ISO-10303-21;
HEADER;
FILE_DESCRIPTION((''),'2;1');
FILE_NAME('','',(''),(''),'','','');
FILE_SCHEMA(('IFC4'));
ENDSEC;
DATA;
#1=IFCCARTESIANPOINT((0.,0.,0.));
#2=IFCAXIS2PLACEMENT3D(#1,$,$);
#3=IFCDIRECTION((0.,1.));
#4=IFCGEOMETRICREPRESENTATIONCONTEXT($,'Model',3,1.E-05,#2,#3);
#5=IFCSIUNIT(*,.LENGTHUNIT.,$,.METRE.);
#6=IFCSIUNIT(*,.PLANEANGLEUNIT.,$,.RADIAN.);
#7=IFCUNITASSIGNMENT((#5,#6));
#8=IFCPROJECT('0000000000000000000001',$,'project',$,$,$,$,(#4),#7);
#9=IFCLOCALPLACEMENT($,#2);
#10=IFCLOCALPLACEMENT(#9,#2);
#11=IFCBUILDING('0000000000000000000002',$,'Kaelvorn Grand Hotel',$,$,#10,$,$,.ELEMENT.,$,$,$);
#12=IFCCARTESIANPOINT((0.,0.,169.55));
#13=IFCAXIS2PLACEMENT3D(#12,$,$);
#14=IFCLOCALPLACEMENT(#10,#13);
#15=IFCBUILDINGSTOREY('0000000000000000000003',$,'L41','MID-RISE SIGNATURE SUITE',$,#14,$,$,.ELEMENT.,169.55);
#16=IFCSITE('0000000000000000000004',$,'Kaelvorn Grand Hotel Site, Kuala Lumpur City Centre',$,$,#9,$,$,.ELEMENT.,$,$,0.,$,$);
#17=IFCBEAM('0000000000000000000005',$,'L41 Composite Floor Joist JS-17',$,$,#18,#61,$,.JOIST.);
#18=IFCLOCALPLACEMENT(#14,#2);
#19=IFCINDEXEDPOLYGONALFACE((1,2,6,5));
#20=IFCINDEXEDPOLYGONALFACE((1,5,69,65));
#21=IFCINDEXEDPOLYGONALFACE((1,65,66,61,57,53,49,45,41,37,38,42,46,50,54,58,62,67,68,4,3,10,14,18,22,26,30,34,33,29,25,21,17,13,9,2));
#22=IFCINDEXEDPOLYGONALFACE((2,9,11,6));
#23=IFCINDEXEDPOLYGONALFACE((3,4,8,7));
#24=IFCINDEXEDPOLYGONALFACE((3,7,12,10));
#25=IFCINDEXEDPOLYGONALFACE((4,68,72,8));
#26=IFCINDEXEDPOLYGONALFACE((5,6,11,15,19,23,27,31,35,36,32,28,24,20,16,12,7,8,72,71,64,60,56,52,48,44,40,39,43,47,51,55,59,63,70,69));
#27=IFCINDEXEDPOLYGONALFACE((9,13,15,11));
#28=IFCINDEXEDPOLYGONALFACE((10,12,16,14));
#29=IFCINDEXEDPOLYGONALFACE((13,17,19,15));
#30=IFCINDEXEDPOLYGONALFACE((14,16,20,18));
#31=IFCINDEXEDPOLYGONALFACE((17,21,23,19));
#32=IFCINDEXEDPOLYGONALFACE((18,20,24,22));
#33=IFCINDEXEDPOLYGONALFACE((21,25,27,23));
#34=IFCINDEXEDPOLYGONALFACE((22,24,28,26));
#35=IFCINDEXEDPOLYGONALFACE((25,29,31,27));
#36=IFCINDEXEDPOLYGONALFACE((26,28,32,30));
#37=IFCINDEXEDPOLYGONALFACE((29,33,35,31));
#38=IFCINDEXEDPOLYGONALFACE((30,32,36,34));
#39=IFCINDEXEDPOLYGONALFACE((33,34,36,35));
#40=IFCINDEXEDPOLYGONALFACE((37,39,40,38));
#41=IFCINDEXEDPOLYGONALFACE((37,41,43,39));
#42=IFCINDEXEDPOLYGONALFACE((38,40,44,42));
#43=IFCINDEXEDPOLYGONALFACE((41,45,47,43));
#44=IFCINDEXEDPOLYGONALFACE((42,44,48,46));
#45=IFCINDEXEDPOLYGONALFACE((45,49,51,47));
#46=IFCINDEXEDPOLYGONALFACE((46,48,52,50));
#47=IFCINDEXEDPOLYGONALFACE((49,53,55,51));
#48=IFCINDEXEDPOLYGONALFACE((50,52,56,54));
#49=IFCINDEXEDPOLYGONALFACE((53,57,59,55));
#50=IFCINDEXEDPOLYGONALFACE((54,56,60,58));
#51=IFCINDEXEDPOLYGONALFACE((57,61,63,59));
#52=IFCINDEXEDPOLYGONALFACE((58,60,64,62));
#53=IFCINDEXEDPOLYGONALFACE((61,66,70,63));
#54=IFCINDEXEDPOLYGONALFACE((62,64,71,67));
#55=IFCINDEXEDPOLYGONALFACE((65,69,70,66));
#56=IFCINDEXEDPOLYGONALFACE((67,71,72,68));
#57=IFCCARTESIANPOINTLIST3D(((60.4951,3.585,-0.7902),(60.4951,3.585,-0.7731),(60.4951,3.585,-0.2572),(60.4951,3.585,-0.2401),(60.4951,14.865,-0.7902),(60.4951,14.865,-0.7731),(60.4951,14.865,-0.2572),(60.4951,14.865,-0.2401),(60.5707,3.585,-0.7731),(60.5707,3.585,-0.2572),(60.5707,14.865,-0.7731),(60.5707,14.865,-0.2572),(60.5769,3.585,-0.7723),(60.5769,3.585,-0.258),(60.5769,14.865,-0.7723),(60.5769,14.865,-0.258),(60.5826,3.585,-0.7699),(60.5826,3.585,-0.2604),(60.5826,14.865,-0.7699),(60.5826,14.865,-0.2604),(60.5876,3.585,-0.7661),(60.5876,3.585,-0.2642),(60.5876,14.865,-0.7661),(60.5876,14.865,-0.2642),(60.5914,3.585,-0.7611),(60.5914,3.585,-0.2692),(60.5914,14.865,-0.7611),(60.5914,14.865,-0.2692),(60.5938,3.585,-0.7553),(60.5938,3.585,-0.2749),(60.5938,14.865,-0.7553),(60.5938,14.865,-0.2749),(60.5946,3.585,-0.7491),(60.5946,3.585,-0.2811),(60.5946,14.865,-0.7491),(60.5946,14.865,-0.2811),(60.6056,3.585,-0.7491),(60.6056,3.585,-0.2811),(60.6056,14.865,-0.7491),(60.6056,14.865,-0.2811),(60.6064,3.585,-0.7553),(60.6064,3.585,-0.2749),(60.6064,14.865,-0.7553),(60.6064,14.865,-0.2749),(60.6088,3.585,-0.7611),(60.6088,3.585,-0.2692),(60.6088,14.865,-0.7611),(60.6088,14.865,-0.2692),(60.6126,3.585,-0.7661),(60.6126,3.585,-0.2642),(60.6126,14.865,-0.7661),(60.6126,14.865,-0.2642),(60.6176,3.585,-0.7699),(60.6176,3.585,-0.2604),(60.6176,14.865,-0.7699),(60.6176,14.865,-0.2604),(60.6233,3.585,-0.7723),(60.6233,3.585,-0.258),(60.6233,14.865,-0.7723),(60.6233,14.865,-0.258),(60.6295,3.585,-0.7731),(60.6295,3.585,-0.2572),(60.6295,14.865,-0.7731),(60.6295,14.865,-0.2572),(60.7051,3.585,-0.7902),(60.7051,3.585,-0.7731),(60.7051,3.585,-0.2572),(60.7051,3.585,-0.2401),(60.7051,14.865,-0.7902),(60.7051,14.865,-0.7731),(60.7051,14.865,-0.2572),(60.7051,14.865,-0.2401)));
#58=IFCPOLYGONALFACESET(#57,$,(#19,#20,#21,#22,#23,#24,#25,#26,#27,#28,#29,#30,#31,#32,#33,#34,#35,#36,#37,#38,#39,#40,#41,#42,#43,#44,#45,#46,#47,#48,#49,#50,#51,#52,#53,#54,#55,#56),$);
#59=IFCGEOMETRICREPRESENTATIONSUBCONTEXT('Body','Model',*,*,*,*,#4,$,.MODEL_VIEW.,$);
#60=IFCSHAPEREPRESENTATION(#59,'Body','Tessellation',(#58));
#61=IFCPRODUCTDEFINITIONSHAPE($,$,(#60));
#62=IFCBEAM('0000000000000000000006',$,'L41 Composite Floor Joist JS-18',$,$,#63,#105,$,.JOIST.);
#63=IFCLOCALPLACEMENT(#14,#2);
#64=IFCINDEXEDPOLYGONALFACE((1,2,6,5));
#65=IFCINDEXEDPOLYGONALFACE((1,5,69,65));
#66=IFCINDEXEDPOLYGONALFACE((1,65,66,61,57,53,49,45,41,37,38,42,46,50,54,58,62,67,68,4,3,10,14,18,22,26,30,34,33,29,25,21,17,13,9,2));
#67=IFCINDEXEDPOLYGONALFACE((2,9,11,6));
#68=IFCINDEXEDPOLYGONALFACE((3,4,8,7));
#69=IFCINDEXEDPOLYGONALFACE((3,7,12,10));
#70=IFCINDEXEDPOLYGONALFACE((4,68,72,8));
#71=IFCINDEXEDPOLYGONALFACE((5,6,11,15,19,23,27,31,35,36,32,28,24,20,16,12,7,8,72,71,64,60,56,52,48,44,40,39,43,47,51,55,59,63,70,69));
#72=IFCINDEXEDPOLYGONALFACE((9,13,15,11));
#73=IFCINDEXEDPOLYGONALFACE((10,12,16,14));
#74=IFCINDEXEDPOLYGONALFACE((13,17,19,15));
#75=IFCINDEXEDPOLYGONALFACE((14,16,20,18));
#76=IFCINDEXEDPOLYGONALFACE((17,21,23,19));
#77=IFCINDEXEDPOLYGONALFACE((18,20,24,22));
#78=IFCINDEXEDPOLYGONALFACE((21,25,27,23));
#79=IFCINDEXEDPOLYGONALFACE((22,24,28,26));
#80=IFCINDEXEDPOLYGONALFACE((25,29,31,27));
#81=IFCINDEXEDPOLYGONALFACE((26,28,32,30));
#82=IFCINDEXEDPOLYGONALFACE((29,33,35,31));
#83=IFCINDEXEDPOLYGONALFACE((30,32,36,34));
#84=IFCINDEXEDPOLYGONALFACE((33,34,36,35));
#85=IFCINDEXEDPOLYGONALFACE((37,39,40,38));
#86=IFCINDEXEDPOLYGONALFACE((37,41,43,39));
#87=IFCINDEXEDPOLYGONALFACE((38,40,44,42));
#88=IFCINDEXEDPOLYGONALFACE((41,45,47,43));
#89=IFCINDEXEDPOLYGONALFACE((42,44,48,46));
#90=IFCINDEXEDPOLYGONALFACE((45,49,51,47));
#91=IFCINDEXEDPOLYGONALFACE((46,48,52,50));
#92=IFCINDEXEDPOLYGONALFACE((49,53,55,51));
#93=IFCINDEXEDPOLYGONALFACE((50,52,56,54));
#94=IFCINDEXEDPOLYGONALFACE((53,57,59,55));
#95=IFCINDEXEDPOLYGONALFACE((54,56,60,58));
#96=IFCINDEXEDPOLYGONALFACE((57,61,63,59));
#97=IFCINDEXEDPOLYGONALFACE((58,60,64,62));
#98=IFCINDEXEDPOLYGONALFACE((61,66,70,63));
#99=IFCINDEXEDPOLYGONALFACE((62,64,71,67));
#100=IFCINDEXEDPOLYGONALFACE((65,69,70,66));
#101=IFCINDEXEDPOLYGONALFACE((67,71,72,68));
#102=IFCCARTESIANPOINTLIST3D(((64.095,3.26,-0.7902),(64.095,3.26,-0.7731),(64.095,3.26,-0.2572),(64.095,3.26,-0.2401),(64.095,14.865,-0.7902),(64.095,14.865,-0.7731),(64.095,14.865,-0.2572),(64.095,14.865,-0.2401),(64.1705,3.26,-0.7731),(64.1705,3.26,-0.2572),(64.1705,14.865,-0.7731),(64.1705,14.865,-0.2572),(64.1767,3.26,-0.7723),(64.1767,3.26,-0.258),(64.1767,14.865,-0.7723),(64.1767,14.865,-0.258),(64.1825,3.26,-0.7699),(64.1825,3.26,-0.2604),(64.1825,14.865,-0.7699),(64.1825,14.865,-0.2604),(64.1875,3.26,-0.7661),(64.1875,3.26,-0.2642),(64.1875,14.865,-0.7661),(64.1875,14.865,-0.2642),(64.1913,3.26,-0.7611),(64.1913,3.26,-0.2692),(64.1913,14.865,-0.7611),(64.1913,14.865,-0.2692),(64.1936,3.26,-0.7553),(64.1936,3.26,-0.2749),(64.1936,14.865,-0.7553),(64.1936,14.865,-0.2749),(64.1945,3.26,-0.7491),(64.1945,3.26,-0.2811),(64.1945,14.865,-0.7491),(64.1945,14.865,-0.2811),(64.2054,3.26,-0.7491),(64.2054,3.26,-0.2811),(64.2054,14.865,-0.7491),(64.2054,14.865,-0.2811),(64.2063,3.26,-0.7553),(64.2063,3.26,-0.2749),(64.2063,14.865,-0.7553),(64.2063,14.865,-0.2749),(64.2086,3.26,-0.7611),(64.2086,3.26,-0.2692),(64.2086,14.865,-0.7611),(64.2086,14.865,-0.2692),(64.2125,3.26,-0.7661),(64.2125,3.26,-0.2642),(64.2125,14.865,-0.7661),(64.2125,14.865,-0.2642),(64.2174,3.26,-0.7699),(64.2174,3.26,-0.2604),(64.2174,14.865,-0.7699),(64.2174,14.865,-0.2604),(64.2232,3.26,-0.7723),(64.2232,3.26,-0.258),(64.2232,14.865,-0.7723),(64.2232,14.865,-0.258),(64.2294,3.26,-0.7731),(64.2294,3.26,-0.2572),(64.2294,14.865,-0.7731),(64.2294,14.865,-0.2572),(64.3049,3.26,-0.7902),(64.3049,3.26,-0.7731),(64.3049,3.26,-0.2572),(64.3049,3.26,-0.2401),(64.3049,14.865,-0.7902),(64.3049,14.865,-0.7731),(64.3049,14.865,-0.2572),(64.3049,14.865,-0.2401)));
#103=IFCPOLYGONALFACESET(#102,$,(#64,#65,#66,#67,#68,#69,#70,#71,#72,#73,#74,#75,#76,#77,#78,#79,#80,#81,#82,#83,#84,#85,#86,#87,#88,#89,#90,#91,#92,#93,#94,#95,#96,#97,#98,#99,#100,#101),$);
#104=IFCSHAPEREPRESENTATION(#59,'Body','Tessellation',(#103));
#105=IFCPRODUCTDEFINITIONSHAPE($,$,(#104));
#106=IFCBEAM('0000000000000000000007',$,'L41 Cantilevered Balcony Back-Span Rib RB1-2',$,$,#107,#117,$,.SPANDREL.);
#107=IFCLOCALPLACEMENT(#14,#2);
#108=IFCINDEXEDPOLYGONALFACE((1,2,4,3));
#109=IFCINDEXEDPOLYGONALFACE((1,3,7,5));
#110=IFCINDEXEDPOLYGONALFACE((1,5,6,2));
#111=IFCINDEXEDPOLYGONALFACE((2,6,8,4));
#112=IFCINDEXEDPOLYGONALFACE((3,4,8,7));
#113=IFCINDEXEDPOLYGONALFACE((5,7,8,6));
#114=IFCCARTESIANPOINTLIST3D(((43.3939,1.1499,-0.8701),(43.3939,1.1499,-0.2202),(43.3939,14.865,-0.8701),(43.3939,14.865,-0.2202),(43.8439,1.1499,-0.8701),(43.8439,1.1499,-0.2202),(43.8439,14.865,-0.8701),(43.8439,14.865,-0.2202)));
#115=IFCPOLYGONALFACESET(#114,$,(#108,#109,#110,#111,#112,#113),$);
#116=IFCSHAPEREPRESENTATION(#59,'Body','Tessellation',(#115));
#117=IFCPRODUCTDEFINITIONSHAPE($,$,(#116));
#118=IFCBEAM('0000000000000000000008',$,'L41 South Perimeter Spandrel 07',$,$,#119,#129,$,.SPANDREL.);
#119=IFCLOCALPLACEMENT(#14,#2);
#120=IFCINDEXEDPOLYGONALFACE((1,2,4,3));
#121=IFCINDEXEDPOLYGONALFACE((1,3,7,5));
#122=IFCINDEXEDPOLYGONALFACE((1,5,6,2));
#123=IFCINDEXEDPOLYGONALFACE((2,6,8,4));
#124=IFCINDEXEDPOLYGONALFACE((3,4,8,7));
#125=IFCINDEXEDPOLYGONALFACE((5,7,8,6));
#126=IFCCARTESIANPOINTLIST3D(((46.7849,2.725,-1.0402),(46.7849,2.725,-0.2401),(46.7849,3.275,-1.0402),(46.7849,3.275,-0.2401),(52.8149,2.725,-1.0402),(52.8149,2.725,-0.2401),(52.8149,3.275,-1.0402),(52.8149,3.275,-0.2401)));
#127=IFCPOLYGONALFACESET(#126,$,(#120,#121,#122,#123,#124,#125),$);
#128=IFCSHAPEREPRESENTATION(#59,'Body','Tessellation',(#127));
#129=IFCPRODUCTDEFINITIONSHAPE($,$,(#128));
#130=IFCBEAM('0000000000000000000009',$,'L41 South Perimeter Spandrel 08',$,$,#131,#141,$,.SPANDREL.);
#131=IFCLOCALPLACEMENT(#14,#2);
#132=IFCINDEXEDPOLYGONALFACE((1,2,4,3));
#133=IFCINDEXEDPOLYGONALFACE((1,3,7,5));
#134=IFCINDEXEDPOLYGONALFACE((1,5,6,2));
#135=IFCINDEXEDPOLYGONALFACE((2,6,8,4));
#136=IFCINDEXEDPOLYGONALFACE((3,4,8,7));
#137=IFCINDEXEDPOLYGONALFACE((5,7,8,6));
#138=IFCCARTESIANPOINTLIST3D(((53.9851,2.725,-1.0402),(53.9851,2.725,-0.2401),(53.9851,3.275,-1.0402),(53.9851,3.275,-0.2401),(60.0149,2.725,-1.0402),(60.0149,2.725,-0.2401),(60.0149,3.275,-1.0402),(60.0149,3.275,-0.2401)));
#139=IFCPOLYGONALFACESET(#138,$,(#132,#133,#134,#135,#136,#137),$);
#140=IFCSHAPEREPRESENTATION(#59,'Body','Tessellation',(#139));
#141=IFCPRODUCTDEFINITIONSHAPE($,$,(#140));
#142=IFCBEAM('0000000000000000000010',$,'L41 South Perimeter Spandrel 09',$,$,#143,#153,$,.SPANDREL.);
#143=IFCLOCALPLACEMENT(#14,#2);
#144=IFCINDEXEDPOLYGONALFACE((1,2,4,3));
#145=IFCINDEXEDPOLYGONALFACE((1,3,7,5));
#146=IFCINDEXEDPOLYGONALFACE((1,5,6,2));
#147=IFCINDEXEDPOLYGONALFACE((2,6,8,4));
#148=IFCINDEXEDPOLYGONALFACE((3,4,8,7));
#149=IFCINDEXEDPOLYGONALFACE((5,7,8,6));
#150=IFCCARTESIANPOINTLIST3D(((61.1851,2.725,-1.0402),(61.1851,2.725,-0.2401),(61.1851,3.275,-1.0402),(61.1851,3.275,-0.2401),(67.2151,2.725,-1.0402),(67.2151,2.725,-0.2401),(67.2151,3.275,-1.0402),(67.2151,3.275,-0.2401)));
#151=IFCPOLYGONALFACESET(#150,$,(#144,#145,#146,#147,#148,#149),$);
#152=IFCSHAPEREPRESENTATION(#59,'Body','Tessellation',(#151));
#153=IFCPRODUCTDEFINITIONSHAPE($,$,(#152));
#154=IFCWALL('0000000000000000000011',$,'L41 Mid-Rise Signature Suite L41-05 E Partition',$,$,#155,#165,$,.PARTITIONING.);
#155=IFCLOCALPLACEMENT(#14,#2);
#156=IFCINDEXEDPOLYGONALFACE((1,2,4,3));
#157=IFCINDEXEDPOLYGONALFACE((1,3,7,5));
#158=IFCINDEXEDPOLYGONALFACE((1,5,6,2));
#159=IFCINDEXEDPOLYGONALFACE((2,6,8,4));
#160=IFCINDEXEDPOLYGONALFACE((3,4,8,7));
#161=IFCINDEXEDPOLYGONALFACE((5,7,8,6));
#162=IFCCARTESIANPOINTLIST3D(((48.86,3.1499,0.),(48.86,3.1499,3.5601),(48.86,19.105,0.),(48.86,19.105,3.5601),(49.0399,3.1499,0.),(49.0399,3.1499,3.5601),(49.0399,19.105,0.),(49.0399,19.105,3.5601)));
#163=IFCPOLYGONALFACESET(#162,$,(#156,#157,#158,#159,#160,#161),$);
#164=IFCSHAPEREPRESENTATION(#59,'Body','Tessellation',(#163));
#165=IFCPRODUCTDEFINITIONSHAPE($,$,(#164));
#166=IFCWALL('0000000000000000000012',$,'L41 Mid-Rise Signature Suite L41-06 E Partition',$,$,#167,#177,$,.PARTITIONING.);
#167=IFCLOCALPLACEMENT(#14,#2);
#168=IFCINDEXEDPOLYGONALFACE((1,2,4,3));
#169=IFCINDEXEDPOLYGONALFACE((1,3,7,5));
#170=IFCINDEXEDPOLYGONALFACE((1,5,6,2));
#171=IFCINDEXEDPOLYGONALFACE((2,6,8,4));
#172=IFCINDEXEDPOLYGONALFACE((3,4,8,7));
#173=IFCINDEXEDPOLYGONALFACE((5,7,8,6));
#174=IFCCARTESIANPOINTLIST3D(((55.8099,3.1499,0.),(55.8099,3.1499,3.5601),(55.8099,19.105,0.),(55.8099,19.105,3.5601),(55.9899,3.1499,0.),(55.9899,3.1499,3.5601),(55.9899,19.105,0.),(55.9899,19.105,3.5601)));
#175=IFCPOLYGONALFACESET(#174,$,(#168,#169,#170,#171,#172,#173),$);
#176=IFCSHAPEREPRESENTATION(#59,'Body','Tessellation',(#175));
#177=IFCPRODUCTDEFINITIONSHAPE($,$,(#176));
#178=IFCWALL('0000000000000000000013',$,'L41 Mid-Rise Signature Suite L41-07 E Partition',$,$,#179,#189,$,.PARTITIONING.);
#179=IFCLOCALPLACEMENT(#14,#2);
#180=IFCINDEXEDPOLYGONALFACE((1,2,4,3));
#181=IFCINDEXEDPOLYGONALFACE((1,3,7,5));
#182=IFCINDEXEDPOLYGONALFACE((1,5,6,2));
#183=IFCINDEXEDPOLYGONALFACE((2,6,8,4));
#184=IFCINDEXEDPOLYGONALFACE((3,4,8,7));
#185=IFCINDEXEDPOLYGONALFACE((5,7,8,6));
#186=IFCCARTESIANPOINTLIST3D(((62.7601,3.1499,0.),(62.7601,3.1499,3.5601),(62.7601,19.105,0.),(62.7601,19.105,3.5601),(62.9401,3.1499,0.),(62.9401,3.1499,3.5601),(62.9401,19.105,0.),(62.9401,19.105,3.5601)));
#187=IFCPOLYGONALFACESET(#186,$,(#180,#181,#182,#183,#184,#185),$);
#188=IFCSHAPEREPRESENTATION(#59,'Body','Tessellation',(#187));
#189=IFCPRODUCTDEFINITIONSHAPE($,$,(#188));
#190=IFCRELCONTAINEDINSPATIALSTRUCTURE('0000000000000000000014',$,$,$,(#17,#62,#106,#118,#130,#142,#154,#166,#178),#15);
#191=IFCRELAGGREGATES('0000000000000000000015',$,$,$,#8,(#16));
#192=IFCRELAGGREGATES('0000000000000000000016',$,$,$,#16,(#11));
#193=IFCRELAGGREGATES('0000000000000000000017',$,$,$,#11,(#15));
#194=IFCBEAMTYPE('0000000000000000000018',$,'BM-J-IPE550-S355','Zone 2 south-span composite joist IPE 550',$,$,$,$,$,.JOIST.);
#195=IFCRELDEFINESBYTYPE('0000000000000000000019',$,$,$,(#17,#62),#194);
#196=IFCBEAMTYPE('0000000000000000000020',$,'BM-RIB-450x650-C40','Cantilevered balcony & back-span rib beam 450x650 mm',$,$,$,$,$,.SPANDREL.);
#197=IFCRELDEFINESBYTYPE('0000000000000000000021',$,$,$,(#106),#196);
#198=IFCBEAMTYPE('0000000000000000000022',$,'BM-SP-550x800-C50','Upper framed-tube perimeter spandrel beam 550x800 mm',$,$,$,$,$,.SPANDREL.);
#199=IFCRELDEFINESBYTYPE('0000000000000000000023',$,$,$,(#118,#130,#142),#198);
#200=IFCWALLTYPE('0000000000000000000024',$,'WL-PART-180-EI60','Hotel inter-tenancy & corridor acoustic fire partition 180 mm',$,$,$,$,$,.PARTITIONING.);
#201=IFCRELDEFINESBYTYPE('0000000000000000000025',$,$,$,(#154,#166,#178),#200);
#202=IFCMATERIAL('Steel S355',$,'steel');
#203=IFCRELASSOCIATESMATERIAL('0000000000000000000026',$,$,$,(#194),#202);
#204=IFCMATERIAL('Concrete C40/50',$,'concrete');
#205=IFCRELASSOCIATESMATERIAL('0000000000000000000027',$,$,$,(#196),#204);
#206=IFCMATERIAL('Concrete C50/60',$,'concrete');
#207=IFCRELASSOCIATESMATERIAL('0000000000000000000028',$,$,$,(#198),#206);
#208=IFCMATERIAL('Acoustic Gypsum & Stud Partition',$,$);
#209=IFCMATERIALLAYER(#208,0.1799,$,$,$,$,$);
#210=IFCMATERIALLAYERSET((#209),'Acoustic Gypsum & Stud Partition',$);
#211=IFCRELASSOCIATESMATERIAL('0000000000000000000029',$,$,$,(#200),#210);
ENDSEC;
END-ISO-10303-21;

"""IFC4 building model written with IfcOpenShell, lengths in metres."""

from ifc_helpers import new_model, si_unit, direction, frame, frame_2d, origin, origin_2d, place, context, subcontext, project, spatial, rectangle, i_section, extrude, material, layer, layer_set, material_profile, profile_set, type_object, element, save


model = new_model("IFC4")

# Units and contexts
model_context = context("Model", 3, precision=1e-05, world=origin(), true_north=direction((0.0, 1.0)))
body_context = subcontext(model_context, "Body", "Model", "MODEL_VIEW")
ifc_project = project(units=[si_unit("LENGTHUNIT", "METRE"), si_unit("PLANEANGLEUNIT", "RADIAN")], contexts=[model_context])

# Site, building, storey
site_placement = place(None, origin())
site = spatial("IfcSite", under=ifc_project, at=site_placement, Name="Kaelvorn Grand Hotel Site, Kuala Lumpur City Centre", CompositionType="ELEMENT", RefElevation=0.0)
building_placement = place(site_placement, origin())
building = spatial("IfcBuilding", under=site, at=building_placement, Name="Kaelvorn Grand Hotel", CompositionType="ELEMENT")
storey_placement = place(building_placement, frame((0.0, 0.0, 169.55)))
storey = spatial("IfcBuildingStorey", under=building, at=storey_placement, Name="L41", Description="MID-RISE SIGNATURE SUITE", CompositionType="ELEMENT", Elevation=169.55)

# Beams
ifc_material_1 = material(Name="Steel S355", Category="steel")
ifc_material_profile_1 = material_profile(ifc_material_1, i_section(OverallWidth=0.21, OverallDepth=0.55, WebThickness=0.011, FlangeThickness=0.0171, FilletRadius=0.0239, at=origin_2d()), Name="IPE 550")
ifc_profile_set_1 = profile_set([ifc_material_profile_1], Name="Steel S355")
beam_type_1 = type_object("IfcBeamType", Name="BM-J-IPE550-S355", Description="Zone 2 south-span composite joist IPE 550", PredefinedType="JOIST", material=ifc_profile_set_1)
beam_1_placement = place(storey_placement, frame((60.6001, 3.585, -0.5151), z_axis=(0.0, 1.0, 0.0), x_axis=(-1.0, 0.0, 0.0)))
element("IfcBeam", 1, at=beam_1_placement, inside=storey, type_object=beam_type_1, Name="L41 Composite Floor Joist JS-17", PredefinedType="JOIST", context=body_context, shape_type="SweptSolid", body=[
    extrude(i_section(OverallWidth=0.21, OverallDepth=0.55, WebThickness=0.011, FlangeThickness=0.0171, FilletRadius=0.0239, at=origin_2d()), origin(), (0.0, 0.0, 1.0), 11.28),
])
beam_2_placement = place(storey_placement, frame((64.2, 3.26, -0.5151), z_axis=(0.0, 1.0, 0.0), x_axis=(-1.0, 0.0, 0.0)))
element("IfcBeam", 2, at=beam_2_placement, inside=storey, type_object=beam_type_1, Name="L41 Composite Floor Joist JS-18", PredefinedType="JOIST", context=body_context, shape_type="SweptSolid", body=[
    extrude(i_section(OverallWidth=0.21, OverallDepth=0.55, WebThickness=0.011, FlangeThickness=0.0171, FilletRadius=0.0239, at=origin_2d()), origin(), (0.0, 0.0, 1.0), 11.605),
])
ifc_material_2 = material(Name="Concrete C40/50", Category="concrete")
ifc_material_profile_2 = material_profile(ifc_material_2, rectangle(XDim=0.45, YDim=0.6499, at=origin_2d()), Name="RC RIB 450x650")
ifc_profile_set_2 = profile_set([ifc_material_profile_2], Name="Concrete C40/50")
beam_type_2 = type_object("IfcBeamType", Name="BM-RIB-450x650-C40", Description="Cantilevered balcony & back-span rib beam 450x650 mm", PredefinedType="SPANDREL", material=ifc_profile_set_2)
beam_3_placement = place(storey_placement, frame((43.6189, 1.1499, -0.5452), z_axis=(0.0, 1.0, 0.0), x_axis=(-1.0, 0.0, 0.0)))
element("IfcBeam", 3, at=beam_3_placement, inside=storey, type_object=beam_type_2, Name="L41 Cantilevered Balcony Back-Span Rib RB1-2", PredefinedType="SPANDREL", context=body_context, shape_type="SweptSolid", body=[
    extrude(rectangle(XDim=0.45, YDim=0.6499, at=origin_2d()), origin(), (0.0, 0.0, 1.0), 13.7151),
])
ifc_material_3 = material(Name="Concrete C50/60", Category="concrete")
ifc_material_profile_3 = material_profile(ifc_material_3, rectangle(XDim=0.55, YDim=0.8, at=origin_2d()), Name="RC SPANDREL 550x800")
ifc_profile_set_3 = profile_set([ifc_material_profile_3], Name="Concrete C50/60")
beam_type_3 = type_object("IfcBeamType", Name="BM-SP-550x800-C50", Description="Upper framed-tube perimeter spandrel beam 550x800 mm", PredefinedType="SPANDREL", material=ifc_profile_set_3)
beam_4_placement = place(storey_placement, frame((46.7849, 3.0, -0.6401), z_axis=(1.0, 0.0, 0.0), x_axis=(0.0, 1.0, 0.0)))
element("IfcBeam", 4, at=beam_4_placement, inside=storey, type_object=beam_type_3, Name="L41 South Perimeter Spandrel 07", PredefinedType="SPANDREL", context=body_context, shape_type="SweptSolid", body=[
    extrude(rectangle(XDim=0.55, YDim=0.8, at=origin_2d()), origin(), (0.0, 0.0, 1.0), 6.03),
])
beam_5_placement = place(storey_placement, frame((53.9851, 3.0, -0.6401), z_axis=(1.0, 0.0, 0.0), x_axis=(0.0, 1.0, 0.0)))
element("IfcBeam", 5, at=beam_5_placement, inside=storey, type_object=beam_type_3, Name="L41 South Perimeter Spandrel 08", PredefinedType="SPANDREL", context=body_context, shape_type="SweptSolid", body=[
    extrude(rectangle(XDim=0.55, YDim=0.8, at=origin_2d()), origin(), (0.0, 0.0, 1.0), 6.0298),
])
beam_6_placement = place(storey_placement, frame((61.1851, 3.0, -0.6401), z_axis=(1.0, 0.0, 0.0), x_axis=(0.0, 1.0, 0.0)))
element("IfcBeam", 6, at=beam_6_placement, inside=storey, type_object=beam_type_3, Name="L41 South Perimeter Spandrel 09", PredefinedType="SPANDREL", context=body_context, shape_type="SweptSolid", body=[
    extrude(rectangle(XDim=0.55, YDim=0.8, at=origin_2d()), origin(), (0.0, 0.0, 1.0), 6.03),
])

# Walls
ifc_material_4 = material(Name="Acoustic Gypsum & Stud Partition")
ifc_layer_1 = layer(ifc_material_4, 0.1799)
ifc_layer_set_1 = layer_set([ifc_layer_1], Name="Acoustic Gypsum & Stud Partition")
wall_type = type_object("IfcWallType", Name="WL-PART-180-EI60", Description="Hotel inter-tenancy & corridor acoustic fire partition 180 mm", PredefinedType="PARTITIONING", material=ifc_layer_set_1)
for number, where, z_axis, x_axis, name in (
    (7, (48.95, 3.1499, 0.0), (0.0, 0.0, 1.0), (0.0, 1.0, 0.0), "L41 Mid-Rise Signature Suite L41-05 E Partition"),
    (8, (55.8999, 3.1499, 0.0), (0.0, 0.0, 1.0), (0.0, 1.0, 0.0), "L41 Mid-Rise Signature Suite L41-06 E Partition"),
    (9, (62.8501, 3.1499, 0.0), (0.0, 0.0, 1.0), (0.0, 1.0, 0.0), "L41 Mid-Rise Signature Suite L41-07 E Partition"),
):
    element("IfcWall", number, at=place(storey_placement, frame(where, z_axis=z_axis, x_axis=x_axis)), inside=storey, type_object=wall_type, Name=name, PredefinedType="PARTITIONING", context=body_context, shape_type="SweptSolid", body=[
        extrude(rectangle(XDim=15.9551, YDim=0.1799, at=frame_2d((7.9775, 0.0))), origin(), (0.0, 0.0, 1.0), 3.5601),
    ])

save(model, "model.ifc")
